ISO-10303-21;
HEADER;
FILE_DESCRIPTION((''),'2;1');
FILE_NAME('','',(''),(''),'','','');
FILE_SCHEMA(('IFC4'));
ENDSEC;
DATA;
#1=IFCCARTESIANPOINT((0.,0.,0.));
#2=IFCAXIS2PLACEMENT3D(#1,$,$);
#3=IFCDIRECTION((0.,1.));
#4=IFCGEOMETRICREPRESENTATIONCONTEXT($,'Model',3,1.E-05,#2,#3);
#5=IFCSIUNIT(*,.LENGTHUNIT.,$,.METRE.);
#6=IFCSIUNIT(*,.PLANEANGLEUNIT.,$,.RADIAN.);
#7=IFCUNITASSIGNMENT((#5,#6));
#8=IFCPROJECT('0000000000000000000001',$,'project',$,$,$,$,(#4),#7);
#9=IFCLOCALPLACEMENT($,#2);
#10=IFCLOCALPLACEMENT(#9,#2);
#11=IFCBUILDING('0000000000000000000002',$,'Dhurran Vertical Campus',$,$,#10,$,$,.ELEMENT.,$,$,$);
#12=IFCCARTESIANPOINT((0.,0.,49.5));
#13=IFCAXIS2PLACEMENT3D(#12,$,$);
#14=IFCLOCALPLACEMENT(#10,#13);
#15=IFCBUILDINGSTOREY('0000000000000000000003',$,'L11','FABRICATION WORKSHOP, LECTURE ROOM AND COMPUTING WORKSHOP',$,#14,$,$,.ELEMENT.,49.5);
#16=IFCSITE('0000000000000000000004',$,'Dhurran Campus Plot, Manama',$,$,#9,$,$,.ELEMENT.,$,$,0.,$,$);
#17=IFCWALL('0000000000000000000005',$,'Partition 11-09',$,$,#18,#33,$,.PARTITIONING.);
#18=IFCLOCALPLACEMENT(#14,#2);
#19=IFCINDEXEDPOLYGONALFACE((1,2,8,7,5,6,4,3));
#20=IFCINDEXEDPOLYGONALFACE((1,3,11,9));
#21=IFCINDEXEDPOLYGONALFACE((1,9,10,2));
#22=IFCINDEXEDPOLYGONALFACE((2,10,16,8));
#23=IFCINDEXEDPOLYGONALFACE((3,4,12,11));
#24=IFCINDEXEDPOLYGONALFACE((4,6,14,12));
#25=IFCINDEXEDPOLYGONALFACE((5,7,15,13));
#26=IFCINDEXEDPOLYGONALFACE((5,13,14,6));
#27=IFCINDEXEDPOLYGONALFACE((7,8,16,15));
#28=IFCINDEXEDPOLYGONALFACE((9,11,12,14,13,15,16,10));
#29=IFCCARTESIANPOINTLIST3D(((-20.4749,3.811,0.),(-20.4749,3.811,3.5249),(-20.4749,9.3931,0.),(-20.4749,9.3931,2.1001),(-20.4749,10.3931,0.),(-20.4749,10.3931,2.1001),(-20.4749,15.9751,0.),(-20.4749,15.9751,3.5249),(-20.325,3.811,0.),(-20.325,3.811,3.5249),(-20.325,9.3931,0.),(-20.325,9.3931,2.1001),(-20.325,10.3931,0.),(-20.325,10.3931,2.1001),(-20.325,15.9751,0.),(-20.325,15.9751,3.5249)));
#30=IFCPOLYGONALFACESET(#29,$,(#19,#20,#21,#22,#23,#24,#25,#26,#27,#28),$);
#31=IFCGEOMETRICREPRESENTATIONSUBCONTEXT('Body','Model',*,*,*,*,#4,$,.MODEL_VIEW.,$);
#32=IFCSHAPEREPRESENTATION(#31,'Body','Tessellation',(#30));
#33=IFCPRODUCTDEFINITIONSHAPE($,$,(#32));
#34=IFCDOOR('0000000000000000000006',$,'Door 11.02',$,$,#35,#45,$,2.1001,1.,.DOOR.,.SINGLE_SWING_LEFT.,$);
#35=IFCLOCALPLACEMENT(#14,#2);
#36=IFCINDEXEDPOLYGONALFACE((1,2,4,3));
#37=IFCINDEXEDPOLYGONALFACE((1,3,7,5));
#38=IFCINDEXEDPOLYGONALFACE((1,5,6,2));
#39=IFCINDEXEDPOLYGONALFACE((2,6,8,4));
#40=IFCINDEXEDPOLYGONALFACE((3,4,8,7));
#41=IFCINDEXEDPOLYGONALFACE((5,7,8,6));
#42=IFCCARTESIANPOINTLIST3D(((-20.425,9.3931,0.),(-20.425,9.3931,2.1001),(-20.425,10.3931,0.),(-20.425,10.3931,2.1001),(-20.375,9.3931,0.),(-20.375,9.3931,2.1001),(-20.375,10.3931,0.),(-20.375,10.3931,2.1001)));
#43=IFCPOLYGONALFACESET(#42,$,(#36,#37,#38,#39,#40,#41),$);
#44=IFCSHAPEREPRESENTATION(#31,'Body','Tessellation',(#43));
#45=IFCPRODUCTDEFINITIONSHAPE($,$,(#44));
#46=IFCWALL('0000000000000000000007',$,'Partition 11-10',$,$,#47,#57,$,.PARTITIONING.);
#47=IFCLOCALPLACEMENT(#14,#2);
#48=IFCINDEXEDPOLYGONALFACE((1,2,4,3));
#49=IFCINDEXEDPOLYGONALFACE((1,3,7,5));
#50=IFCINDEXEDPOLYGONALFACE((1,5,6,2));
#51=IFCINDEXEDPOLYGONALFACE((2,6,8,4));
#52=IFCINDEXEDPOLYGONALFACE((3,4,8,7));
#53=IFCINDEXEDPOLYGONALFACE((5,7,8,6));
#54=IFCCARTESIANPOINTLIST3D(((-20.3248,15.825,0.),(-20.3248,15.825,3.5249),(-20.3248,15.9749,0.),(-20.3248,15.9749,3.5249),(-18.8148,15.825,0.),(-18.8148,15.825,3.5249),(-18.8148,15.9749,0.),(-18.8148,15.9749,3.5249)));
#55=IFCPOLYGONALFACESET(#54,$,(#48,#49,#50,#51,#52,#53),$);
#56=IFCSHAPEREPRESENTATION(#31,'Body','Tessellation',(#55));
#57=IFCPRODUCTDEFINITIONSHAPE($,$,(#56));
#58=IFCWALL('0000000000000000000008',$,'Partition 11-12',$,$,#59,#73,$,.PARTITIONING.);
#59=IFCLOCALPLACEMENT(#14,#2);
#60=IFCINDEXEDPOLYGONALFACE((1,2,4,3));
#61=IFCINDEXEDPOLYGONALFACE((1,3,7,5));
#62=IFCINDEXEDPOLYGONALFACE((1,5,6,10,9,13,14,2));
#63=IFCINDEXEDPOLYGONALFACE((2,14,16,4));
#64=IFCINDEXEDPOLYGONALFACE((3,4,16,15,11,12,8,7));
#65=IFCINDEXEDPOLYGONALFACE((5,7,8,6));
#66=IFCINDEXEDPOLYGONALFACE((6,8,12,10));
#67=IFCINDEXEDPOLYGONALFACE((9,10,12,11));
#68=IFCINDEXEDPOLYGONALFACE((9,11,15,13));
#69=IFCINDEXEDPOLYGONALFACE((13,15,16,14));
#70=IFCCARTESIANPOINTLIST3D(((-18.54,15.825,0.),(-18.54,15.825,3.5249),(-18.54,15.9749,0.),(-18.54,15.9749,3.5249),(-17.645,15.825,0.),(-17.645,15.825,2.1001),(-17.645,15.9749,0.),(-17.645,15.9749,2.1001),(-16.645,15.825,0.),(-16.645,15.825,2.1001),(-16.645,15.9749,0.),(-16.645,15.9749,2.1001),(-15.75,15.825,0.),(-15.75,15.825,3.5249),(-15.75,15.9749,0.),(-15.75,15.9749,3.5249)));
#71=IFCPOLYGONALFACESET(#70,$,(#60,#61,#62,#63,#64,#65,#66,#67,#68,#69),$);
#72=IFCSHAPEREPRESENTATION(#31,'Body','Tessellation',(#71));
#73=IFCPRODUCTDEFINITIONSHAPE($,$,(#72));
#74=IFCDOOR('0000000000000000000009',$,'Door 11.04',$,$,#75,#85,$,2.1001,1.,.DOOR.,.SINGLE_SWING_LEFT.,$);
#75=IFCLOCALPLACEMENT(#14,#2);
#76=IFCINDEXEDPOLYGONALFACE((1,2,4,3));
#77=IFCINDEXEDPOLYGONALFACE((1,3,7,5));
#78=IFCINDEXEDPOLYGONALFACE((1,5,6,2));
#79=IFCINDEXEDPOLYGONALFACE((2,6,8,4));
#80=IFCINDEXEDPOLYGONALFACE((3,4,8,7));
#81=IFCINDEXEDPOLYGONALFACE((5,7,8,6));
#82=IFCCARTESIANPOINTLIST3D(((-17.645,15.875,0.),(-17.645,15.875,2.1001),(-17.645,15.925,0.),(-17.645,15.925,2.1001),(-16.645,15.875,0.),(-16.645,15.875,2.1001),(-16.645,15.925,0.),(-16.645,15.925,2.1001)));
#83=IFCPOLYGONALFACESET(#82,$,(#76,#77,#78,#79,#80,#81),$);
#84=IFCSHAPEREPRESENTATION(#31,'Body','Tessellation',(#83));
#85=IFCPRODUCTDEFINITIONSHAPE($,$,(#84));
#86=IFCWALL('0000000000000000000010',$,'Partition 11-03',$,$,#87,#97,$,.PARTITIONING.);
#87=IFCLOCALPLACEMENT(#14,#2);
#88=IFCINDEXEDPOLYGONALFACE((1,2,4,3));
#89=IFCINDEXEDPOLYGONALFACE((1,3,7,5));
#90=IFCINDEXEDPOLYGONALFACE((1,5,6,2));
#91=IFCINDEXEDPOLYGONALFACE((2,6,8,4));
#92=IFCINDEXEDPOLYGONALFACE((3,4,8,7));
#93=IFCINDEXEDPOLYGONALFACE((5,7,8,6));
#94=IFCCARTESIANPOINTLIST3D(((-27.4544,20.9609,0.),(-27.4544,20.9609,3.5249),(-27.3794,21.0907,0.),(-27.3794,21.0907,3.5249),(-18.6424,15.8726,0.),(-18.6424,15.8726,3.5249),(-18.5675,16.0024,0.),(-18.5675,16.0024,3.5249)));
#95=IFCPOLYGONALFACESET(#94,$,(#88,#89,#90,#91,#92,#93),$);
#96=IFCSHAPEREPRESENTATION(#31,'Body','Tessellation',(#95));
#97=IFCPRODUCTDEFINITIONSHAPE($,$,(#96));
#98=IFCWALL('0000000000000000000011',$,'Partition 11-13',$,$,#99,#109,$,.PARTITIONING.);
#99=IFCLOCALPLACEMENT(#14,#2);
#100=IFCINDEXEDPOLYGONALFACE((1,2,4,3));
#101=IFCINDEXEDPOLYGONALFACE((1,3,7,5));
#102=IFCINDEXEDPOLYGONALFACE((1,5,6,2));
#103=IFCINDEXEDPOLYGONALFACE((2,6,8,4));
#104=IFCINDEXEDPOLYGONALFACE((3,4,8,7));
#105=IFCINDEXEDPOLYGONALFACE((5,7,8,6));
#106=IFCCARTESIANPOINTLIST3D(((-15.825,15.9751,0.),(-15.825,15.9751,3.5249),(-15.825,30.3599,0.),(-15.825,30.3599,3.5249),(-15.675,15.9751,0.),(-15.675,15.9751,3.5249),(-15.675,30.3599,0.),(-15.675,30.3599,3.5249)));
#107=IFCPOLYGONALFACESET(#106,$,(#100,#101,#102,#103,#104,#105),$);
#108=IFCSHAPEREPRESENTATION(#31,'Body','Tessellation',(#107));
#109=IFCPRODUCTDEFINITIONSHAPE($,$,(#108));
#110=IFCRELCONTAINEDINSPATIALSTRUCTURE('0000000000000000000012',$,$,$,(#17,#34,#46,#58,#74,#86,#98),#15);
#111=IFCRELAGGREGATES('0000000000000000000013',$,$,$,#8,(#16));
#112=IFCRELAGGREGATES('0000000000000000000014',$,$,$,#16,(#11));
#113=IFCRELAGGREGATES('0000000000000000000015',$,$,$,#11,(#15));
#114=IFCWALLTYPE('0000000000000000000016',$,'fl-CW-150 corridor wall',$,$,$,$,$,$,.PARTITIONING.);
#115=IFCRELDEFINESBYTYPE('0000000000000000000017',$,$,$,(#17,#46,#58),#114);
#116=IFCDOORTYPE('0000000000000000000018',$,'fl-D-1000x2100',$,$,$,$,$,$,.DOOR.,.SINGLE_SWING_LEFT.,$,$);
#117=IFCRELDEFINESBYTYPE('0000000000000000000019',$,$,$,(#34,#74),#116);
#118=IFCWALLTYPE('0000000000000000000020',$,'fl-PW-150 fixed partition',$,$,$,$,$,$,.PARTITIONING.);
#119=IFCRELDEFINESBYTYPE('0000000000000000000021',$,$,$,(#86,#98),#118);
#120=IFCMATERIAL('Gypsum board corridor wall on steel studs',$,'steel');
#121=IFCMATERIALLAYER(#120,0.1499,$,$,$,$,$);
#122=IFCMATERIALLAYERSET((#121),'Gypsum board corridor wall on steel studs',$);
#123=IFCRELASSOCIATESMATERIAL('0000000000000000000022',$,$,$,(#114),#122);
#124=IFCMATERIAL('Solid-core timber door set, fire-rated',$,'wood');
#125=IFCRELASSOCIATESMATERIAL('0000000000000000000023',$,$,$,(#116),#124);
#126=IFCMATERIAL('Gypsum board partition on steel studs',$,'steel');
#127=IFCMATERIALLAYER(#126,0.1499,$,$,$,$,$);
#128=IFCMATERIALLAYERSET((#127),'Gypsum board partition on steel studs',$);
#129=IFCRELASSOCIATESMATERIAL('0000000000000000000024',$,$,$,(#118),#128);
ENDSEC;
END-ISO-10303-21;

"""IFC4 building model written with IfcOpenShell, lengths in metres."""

from ifc_helpers import new_model, si_unit, direction, frame, frame_2d, origin, place, context, subcontext, project, spatial, rectangle, extrude, material, layer, layer_set, type_object, element, fill, save


model = new_model("IFC4")

# Units and contexts
model_context = context("Model", 3, precision=1e-05, world=origin(), true_north=direction((0.0, 1.0)))
body_context = subcontext(model_context, "Body", "Model", "MODEL_VIEW")
ifc_project = project(units=[si_unit("LENGTHUNIT", "METRE"), si_unit("PLANEANGLEUNIT", "RADIAN")], contexts=[model_context])

# Site, building, storey
site_placement = place(None, origin())
site = spatial("IfcSite", under=ifc_project, at=site_placement, Name="Dhurran Campus Plot, Manama", CompositionType="ELEMENT", RefElevation=0.0)
building_placement = place(site_placement, origin())
building = spatial("IfcBuilding", under=site, at=building_placement, Name="Dhurran Vertical Campus", CompositionType="ELEMENT")
storey_placement = place(building_placement, frame((0.0, 0.0, 49.5)))
storey = spatial("IfcBuildingStorey", under=building, at=storey_placement, Name="L11", Description="FABRICATION WORKSHOP, LECTURE ROOM AND COMPUTING WORKSHOP", CompositionType="ELEMENT", Elevation=49.5)

# Wall, opening, door
ifc_material_1 = material(Name="Gypsum board corridor wall on steel studs", Category="steel")
ifc_layer_1 = layer(ifc_material_1, 0.1499)
ifc_layer_set_1 = layer_set([ifc_layer_1], Name="Gypsum board corridor wall on steel studs")
wall_type_1 = type_object("IfcWallType", Name="fl-CW-150 corridor wall", PredefinedType="PARTITIONING", material=ifc_layer_set_1)
wall_1_placement = place(storey_placement, frame((-20.3999, 15.9751, 0.0), z_axis=(0.0, 0.0, 1.0), x_axis=(0.0, -1.0, 0.0)))
wall_1 = element("IfcWall", 1, at=wall_1_placement, inside=storey, type_object=wall_type_1, Name="Partition 11-09", PredefinedType="PARTITIONING", context=body_context, shape_type="SweptSolid", body=[
    extrude(rectangle(XDim=12.1641, YDim=0.1499, at=frame_2d((6.082, 0.0))), origin(), (0.0, 0.0, 1.0), 3.5249),
])
opening_1_placement = place(wall_1_placement, frame((5.582, 0.0, 0.0)))
opening_1 = element("IfcOpeningElement", 2, at=opening_1_placement, cuts=wall_1, PredefinedType="OPENING", context=body_context, shape_type="SweptSolid", body=[
    extrude(rectangle(XDim=1.0, YDim=2.1001, at=frame_2d((0.5, 1.05))), frame((0.0, 0.085, 0.0), z_axis=(0.0, -1.0, 0.0), x_axis=(1.0, 0.0, 0.0)), (0.0, 0.0, 1.0), 0.1699),
])
ifc_material_2 = material(Name="Solid-core timber door set, fire-rated", Category="wood")
door_type = type_object("IfcDoorType", Name="fl-D-1000x2100", OperationType="SINGLE_SWING_LEFT", PredefinedType="DOOR", material=ifc_material_2)
door_1_placement = place(opening_1_placement, origin())
door_1 = element("IfcDoor", 3, at=door_1_placement, inside=storey, type_object=door_type, Name="Door 11.02", OperationType="SINGLE_SWING_LEFT", OverallHeight=2.1001, OverallWidth=1.0, PredefinedType="DOOR", context=body_context, shape_type="SweptSolid", body=[
    extrude(rectangle(XDim=1.0, YDim=2.1001, at=frame_2d((0.5, 1.05))), frame((0.0, 0.0249, 0.0), z_axis=(0.0, -1.0, 0.0), x_axis=(1.0, 0.0, 0.0)), (0.0, 0.0, 1.0), 0.05),
])
fill(opening_1, door_1)

# Wall
wall_2_placement = place(storey_placement, frame((-18.8149, 15.8999, 0.0), z_axis=(0.0, 0.0, 1.0), x_axis=(-1.0, 0.0, 0.0)))
element("IfcWall", 4, at=wall_2_placement, inside=storey, type_object=wall_type_1, Name="Partition 11-10", PredefinedType="PARTITIONING", context=body_context, shape_type="SweptSolid", body=[
    extrude(rectangle(XDim=1.51, YDim=0.1499, at=frame_2d((0.7549, 0.0))), origin(), (0.0, 0.0, 1.0), 3.5249),
])

# Wall, opening, door
wall_3_placement = place(storey_placement, frame((-15.75, 15.8999, 0.0), z_axis=(0.0, 0.0, 1.0), x_axis=(-1.0, 0.0, 0.0)))
wall_3 = element("IfcWall", 5, at=wall_3_placement, inside=storey, type_object=wall_type_1, Name="Partition 11-12", PredefinedType="PARTITIONING", context=body_context, shape_type="SweptSolid", body=[
    extrude(rectangle(XDim=2.79, YDim=0.1499, at=frame_2d((1.395, 0.0))), origin(), (0.0, 0.0, 1.0), 3.5249),
])
opening_2_placement = place(wall_3_placement, frame((0.895, 0.0, 0.0)))
opening_2 = element("IfcOpeningElement", 6, at=opening_2_placement, cuts=wall_3, PredefinedType="OPENING", context=body_context, shape_type="SweptSolid", body=[
    extrude(rectangle(XDim=1.0, YDim=2.1001, at=frame_2d((0.5, 1.05))), frame((0.0, 0.085, 0.0), z_axis=(0.0, -1.0, 0.0), x_axis=(1.0, 0.0, 0.0)), (0.0, 0.0, 1.0), 0.1699),
])
door_2_placement = place(opening_2_placement, origin())
door_2 = element("IfcDoor", 7, at=door_2_placement, inside=storey, type_object=door_type, Name="Door 11.04", OperationType="SINGLE_SWING_LEFT", OverallHeight=2.1001, OverallWidth=1.0, PredefinedType="DOOR", context=body_context, shape_type="SweptSolid", body=[
    extrude(rectangle(XDim=1.0, YDim=2.1001, at=frame_2d((0.5, 1.05))), frame((0.0, 0.0249, 0.0), z_axis=(0.0, -1.0, 0.0), x_axis=(1.0, 0.0, 0.0)), (0.0, 0.0, 1.0), 0.05),
])
fill(opening_2, door_2)

# Walls
ifc_material_3 = material(Name="Gypsum board partition on steel studs", Category="steel")
ifc_layer_2 = layer(ifc_material_3, 0.1499)
ifc_layer_set_2 = layer_set([ifc_layer_2], Name="Gypsum board partition on steel studs")
wall_type_2 = type_object("IfcWallType", Name="fl-PW-150 fixed partition", PredefinedType="PARTITIONING", material=ifc_layer_set_2)
wall_4_placement = place(storey_placement, frame((-27.417, 21.0259, 0.0), z_axis=(0.0, 0.0, 1.0), x_axis=(0.865993, -0.500056, 0.0)))
element("IfcWall", 8, at=wall_4_placement, inside=storey, type_object=wall_type_2, Name="Partition 11-03", PredefinedType="PARTITIONING", context=body_context, shape_type="SweptSolid", body=[
    extrude(rectangle(XDim=10.1755, YDim=0.1499, at=frame_2d((5.0879, 0.0))), origin(), (0.0, 0.0, 1.0), 3.5249),
])
wall_5_placement = place(storey_placement, frame((-15.75, 30.3599, 0.0), z_axis=(0.0, 0.0, 1.0), x_axis=(0.0, -1.0, 0.0)))
element("IfcWall", 9, at=wall_5_placement, inside=storey, type_object=wall_type_2, Name="Partition 11-13", PredefinedType="PARTITIONING", context=body_context, shape_type="SweptSolid", body=[
    extrude(rectangle(XDim=14.3848, YDim=0.1499, at=frame_2d((7.1924, 0.0))), origin(), (0.0, 0.0, 1.0), 3.5249),
])

save(model, "model.ifc")
